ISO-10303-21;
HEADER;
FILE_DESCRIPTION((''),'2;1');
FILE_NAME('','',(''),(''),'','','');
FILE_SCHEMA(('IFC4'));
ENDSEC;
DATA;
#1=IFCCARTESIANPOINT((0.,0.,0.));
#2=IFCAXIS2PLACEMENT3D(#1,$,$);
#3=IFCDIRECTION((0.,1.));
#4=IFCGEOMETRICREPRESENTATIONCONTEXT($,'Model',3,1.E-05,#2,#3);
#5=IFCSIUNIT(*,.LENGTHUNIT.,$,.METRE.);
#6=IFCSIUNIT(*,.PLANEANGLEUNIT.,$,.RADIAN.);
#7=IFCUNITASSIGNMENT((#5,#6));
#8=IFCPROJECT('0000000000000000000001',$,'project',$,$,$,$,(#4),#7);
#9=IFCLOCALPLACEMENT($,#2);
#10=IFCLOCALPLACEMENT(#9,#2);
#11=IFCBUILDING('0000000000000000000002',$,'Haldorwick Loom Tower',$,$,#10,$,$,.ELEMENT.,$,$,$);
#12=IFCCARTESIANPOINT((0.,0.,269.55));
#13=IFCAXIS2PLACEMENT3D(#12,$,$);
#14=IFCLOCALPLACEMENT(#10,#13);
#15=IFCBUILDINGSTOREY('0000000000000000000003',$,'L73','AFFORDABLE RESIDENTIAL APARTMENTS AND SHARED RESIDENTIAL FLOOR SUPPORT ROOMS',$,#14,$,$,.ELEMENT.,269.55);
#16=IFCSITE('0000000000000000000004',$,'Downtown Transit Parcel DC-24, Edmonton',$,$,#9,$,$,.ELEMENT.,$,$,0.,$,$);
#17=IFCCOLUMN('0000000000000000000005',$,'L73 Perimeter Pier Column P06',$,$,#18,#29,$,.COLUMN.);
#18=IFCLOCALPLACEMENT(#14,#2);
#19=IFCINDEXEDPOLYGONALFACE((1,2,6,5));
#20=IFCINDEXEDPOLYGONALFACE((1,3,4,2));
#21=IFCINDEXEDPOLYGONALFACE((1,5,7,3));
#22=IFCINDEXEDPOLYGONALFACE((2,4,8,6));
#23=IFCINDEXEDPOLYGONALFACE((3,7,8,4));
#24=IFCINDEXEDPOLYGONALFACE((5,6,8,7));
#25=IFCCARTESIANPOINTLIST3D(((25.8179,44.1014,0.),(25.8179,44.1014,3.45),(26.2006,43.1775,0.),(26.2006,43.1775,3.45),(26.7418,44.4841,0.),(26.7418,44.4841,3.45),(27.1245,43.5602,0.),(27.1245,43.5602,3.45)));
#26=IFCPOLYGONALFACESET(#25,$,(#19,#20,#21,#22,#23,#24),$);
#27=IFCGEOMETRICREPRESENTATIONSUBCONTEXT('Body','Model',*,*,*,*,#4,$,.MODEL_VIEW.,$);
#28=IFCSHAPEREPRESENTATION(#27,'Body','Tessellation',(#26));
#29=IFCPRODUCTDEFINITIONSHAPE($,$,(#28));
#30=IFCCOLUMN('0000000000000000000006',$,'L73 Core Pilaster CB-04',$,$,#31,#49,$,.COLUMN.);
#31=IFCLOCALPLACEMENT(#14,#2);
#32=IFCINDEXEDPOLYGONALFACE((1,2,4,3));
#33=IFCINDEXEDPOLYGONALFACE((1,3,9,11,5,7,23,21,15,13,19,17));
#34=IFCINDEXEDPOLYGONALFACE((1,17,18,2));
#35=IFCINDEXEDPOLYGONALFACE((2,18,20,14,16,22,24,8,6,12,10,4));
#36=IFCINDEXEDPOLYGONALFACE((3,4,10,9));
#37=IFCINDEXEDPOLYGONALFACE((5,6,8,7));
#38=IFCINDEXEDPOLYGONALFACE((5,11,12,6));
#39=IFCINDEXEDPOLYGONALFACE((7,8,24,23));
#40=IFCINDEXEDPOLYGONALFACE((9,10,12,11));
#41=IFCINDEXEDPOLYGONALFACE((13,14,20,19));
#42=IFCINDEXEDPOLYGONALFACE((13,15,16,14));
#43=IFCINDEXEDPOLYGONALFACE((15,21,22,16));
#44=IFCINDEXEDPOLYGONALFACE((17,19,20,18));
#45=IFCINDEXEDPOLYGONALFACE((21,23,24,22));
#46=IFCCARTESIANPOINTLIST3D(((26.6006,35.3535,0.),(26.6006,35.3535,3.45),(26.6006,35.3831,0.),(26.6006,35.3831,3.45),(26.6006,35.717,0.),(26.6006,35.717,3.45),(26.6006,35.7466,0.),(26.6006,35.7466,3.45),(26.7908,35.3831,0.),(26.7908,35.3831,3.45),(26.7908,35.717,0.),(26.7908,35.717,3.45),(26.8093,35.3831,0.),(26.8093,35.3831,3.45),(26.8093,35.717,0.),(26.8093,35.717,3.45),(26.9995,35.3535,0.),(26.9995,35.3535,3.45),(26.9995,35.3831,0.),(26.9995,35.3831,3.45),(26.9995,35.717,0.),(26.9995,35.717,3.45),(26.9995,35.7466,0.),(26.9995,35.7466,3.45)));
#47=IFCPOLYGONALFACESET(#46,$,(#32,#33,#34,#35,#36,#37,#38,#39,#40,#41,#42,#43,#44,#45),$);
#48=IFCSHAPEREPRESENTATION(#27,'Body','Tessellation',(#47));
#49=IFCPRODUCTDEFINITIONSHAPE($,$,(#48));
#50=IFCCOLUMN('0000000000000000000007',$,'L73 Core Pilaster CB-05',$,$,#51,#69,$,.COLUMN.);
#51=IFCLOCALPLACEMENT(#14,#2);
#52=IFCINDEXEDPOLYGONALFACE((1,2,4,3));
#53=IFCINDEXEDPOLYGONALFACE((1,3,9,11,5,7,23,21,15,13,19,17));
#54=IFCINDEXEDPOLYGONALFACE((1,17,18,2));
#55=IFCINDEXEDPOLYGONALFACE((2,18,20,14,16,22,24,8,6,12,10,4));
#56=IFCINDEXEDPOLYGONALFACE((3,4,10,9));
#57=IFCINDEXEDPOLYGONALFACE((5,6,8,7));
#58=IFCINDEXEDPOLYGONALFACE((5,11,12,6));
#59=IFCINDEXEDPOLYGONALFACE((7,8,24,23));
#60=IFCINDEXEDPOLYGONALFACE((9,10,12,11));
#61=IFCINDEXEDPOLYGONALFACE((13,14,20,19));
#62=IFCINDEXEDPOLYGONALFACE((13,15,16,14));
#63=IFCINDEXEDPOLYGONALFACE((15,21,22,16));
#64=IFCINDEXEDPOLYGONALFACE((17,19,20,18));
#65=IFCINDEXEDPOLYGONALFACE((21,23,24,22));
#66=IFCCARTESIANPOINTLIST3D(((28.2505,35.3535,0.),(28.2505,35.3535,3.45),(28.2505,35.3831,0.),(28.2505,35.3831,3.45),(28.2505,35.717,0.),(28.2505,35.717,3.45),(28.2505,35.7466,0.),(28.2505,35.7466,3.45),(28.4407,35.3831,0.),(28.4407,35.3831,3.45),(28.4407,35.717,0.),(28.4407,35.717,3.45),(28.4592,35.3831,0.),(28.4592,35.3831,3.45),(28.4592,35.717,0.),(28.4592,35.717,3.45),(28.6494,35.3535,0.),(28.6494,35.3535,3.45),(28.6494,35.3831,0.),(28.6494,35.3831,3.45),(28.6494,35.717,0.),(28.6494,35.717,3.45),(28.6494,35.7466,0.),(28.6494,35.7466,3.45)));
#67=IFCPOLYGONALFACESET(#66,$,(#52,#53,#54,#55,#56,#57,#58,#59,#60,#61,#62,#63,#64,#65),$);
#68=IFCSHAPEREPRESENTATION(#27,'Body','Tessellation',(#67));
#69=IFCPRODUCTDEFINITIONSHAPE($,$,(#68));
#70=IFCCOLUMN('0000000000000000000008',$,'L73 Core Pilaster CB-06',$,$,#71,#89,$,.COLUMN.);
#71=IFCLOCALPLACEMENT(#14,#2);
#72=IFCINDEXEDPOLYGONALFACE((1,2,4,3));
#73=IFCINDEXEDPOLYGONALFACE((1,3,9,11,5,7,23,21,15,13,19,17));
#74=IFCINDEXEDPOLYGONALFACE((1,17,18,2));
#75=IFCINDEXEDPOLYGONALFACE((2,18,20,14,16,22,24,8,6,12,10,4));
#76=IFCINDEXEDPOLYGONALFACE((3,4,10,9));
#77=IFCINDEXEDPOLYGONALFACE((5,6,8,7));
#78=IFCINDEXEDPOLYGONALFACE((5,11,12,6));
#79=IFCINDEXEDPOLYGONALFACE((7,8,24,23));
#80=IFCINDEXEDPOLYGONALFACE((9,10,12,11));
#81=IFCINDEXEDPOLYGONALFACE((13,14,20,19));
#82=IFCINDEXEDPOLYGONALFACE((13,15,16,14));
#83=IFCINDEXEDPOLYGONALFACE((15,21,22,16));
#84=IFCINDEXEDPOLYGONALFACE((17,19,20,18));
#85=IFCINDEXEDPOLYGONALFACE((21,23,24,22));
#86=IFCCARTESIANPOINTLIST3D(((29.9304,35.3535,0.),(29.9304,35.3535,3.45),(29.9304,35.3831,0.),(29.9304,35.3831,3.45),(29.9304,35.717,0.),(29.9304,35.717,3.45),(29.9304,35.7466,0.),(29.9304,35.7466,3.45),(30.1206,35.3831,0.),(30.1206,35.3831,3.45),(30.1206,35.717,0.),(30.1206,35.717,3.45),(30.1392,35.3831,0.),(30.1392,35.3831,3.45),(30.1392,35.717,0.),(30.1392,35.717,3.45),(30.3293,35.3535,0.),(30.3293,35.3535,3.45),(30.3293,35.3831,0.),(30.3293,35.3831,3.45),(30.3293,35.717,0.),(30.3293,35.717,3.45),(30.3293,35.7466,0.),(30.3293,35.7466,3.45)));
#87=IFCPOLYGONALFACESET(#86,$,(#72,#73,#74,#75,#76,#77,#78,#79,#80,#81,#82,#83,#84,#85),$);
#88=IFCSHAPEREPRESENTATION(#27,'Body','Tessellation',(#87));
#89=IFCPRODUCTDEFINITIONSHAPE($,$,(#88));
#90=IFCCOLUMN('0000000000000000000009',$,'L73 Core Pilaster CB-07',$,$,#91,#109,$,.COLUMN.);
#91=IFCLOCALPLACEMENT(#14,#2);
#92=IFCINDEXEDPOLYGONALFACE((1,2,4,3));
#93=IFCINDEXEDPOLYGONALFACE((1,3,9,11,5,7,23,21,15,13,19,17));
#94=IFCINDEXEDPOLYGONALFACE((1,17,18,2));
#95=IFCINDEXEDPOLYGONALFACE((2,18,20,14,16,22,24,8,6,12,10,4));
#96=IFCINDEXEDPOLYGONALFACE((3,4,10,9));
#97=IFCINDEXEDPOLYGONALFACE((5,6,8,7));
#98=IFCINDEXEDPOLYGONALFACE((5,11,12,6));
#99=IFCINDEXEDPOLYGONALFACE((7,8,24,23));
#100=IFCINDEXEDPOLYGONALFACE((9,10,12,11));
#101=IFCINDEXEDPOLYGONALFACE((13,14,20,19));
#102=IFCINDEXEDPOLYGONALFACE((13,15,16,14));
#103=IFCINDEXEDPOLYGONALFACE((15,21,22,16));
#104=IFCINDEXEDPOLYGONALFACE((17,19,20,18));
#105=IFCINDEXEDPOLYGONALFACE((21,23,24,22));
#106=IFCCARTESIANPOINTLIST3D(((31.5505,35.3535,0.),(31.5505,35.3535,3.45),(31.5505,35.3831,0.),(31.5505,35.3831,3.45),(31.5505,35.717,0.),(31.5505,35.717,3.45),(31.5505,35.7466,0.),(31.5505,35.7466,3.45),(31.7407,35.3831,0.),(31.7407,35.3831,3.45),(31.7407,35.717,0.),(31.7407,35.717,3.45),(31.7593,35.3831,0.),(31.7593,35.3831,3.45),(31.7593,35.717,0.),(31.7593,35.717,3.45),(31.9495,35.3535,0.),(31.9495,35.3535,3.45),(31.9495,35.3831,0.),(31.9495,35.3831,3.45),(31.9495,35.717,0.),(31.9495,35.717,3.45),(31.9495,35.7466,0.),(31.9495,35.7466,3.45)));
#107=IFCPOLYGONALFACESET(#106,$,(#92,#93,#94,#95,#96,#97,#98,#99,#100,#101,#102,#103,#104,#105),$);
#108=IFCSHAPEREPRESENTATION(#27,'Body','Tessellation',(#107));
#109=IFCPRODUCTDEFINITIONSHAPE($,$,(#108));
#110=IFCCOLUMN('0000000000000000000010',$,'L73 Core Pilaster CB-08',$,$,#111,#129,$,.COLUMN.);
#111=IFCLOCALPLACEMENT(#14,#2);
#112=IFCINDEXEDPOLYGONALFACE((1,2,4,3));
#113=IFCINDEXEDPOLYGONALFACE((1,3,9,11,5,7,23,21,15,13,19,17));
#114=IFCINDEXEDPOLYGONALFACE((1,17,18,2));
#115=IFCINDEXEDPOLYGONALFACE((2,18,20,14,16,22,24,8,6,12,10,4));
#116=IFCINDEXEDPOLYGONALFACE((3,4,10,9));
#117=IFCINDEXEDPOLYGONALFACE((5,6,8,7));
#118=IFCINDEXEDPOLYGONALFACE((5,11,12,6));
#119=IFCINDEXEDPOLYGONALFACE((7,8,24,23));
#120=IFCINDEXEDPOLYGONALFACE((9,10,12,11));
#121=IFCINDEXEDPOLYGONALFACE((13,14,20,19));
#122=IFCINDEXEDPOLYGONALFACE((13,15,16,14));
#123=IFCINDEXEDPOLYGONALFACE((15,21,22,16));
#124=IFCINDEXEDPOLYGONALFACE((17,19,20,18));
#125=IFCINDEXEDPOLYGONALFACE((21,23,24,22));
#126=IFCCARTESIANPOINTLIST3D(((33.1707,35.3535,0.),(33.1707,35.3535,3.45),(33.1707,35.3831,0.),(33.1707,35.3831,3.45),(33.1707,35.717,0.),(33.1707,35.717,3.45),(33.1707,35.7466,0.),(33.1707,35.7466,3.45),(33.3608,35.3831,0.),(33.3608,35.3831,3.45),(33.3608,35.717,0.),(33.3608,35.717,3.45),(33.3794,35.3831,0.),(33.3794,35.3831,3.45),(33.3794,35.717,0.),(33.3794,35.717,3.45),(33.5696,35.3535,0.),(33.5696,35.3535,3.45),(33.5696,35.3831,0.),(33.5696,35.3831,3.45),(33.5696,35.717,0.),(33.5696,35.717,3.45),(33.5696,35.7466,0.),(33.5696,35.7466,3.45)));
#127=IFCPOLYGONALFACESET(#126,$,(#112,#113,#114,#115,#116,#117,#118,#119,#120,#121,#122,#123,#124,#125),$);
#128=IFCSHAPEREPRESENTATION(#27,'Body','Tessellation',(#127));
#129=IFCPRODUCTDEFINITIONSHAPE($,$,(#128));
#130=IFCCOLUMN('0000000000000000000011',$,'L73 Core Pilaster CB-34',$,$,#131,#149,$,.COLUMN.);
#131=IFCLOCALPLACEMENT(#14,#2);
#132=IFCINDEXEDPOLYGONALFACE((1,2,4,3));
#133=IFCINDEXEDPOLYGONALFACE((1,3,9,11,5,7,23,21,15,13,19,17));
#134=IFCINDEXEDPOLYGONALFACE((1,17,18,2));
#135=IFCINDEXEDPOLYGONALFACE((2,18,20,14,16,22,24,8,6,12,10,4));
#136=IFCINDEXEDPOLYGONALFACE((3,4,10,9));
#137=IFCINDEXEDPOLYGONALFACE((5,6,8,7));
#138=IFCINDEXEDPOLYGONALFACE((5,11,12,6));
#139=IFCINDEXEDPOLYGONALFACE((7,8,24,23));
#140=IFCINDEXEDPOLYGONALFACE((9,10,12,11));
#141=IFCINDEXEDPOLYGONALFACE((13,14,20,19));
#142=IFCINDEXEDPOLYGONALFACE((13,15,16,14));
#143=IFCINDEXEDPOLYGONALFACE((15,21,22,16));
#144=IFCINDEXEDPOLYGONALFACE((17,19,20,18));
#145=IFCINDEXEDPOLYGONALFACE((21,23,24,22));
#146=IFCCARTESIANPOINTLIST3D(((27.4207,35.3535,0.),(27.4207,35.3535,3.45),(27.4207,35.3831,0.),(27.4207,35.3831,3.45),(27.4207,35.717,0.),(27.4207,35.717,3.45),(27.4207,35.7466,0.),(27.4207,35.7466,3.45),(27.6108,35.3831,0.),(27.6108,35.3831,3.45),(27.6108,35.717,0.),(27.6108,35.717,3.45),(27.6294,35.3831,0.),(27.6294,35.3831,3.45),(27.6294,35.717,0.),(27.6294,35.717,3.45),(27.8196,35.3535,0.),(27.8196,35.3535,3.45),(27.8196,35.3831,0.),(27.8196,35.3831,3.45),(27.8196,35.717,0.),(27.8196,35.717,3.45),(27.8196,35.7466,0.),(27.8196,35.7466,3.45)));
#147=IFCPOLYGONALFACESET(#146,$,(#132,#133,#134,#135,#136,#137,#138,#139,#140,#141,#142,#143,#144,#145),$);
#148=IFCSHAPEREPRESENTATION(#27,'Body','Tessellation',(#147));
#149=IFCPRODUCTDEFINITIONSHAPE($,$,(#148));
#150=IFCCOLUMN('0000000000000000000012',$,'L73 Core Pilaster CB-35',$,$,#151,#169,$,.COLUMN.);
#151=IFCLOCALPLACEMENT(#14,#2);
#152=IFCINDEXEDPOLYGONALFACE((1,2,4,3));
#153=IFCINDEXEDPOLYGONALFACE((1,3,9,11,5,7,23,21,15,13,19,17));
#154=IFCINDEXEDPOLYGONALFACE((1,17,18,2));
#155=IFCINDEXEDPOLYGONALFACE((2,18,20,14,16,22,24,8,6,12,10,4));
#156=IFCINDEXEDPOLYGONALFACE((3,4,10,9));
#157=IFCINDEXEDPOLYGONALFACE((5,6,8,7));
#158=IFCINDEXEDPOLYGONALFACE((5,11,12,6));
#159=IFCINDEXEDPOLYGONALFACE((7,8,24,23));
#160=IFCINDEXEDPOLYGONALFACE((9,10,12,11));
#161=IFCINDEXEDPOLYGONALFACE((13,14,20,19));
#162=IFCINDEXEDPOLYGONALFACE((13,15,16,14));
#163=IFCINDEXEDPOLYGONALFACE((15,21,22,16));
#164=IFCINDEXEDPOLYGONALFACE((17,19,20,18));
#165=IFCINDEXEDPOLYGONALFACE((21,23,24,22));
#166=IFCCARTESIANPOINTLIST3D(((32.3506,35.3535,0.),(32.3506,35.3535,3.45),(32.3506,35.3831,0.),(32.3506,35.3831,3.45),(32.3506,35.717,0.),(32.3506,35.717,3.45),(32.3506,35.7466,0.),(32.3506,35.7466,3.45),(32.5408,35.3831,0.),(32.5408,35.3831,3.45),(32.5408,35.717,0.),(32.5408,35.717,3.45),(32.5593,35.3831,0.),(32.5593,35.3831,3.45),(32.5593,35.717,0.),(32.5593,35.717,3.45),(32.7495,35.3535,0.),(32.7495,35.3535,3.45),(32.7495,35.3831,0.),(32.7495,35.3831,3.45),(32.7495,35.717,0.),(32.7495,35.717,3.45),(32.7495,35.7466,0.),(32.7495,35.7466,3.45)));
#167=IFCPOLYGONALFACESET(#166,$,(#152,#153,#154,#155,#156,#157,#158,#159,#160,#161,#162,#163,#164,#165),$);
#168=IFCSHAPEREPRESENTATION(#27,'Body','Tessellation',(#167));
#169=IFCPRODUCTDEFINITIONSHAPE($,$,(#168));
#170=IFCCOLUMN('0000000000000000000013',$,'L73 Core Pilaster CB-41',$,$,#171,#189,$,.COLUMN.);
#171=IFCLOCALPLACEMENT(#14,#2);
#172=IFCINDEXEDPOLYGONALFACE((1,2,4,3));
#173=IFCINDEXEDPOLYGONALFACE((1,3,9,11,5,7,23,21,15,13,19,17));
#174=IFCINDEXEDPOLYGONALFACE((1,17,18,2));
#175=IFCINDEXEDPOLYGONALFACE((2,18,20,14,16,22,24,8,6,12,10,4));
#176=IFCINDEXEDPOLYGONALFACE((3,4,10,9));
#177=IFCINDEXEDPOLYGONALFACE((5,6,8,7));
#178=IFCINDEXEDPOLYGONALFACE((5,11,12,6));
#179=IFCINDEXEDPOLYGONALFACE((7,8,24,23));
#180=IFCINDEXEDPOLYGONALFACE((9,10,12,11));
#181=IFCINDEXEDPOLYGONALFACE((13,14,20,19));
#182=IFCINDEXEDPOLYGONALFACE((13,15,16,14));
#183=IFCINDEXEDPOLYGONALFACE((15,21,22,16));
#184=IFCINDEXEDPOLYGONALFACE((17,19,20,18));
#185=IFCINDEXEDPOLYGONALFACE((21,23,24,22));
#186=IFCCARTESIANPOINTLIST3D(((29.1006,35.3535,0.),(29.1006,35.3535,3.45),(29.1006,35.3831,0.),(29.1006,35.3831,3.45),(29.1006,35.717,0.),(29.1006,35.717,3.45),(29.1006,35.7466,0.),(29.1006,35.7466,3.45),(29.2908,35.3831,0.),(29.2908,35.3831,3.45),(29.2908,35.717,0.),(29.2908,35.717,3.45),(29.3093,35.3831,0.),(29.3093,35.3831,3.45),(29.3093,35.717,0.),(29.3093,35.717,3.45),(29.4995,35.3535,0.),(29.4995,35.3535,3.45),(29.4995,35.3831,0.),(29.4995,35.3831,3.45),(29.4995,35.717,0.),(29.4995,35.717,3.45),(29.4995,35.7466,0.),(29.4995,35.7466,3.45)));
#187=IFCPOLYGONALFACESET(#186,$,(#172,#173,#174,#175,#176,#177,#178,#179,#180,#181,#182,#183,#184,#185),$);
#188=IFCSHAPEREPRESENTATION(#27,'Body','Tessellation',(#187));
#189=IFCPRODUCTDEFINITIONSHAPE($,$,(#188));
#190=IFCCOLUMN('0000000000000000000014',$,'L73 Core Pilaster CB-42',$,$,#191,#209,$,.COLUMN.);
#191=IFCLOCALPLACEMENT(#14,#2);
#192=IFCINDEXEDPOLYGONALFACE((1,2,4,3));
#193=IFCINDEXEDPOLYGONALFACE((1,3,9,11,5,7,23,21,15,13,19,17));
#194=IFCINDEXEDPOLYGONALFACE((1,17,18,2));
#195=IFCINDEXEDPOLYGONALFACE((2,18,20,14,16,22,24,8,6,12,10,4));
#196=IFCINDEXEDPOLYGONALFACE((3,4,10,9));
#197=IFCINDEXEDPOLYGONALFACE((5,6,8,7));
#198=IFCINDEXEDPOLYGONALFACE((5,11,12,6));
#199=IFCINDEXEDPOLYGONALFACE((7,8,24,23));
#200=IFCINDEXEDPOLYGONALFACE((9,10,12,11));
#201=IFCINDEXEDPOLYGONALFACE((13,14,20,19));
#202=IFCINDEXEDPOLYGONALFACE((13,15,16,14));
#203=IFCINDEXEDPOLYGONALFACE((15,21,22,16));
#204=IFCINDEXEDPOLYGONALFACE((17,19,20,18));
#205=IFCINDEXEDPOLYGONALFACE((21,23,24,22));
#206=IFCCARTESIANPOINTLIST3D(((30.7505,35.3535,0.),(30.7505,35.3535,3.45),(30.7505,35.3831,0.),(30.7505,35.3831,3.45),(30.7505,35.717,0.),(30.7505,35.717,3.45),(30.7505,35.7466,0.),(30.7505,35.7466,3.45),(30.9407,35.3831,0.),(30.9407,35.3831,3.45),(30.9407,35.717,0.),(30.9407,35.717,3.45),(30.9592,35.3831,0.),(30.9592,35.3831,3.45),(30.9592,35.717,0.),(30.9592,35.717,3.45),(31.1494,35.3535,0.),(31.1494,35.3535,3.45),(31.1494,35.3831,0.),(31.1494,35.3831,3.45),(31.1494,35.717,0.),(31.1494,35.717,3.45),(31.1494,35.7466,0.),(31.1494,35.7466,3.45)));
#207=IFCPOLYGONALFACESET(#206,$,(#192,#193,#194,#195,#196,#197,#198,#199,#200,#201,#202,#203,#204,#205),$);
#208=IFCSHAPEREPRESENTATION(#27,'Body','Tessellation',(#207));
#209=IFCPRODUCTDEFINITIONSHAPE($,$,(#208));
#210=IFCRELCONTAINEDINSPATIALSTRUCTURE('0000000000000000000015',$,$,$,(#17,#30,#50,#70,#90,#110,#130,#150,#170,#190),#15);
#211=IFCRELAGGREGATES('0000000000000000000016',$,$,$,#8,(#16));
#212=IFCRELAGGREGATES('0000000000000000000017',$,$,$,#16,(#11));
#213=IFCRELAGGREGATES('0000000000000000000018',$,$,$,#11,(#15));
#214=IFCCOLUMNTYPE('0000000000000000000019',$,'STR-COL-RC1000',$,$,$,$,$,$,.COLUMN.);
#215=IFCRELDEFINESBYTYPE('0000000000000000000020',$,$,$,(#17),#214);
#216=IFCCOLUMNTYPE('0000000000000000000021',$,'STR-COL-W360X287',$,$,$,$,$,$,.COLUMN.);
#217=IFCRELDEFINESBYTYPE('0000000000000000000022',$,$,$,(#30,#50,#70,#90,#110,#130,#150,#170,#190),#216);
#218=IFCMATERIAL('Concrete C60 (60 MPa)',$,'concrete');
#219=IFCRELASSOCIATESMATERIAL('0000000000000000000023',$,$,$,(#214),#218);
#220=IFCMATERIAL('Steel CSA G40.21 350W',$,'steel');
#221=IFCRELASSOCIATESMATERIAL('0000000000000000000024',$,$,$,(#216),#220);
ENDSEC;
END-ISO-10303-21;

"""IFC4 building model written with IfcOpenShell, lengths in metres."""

from ifc_helpers import new_model, si_unit, direction, frame, origin, origin_2d, place, context, subcontext, project, spatial, rectangle, i_section, extrude, material, material_profile, profile_set, type_object, element, save


model = new_model("IFC4")

# Units and contexts
model_context = context("Model", 3, precision=1e-05, world=origin(), true_north=direction((0.0, 1.0)))
body_context = subcontext(model_context, "Body", "Model", "MODEL_VIEW")
ifc_project = project(units=[si_unit("LENGTHUNIT", "METRE"), si_unit("PLANEANGLEUNIT", "RADIAN")], contexts=[model_context])

# Site, building, storey
site_placement = place(None, origin())
site = spatial("IfcSite", under=ifc_project, at=site_placement, Name="Downtown Transit Parcel DC-24, Edmonton", CompositionType="ELEMENT", RefElevation=0.0)
building_placement = place(site_placement, origin())
building = spatial("IfcBuilding", under=site, at=building_placement, Name="Haldorwick Loom Tower", CompositionType="ELEMENT")
storey_placement = place(building_placement, frame((0.0, 0.0, 269.55)))
storey = spatial("IfcBuildingStorey", under=building, at=storey_placement, Name="L73", Description="AFFORDABLE RESIDENTIAL APARTMENTS AND SHARED RESIDENTIAL FLOOR SUPPORT ROOMS", CompositionType="ELEMENT", Elevation=269.55)

# Columns
ifc_material_1 = material(Name="Concrete C60 (60 MPa)", Category="concrete")
ifc_material_profile_1 = material_profile(ifc_material_1, rectangle(XDim=1.0, YDim=1.0, at=origin_2d()), Name="RC1000X1000", Category="concrete")
ifc_profile_set_1 = profile_set([ifc_material_profile_1], Name="Concrete C60 (60 MPa)")
column_type_1 = type_object("IfcColumnType", Name="STR-COL-RC1000", PredefinedType="COLUMN", material=ifc_profile_set_1)
column_placement = place(storey_placement, frame((26.4712, 43.8308, 0.0), z_axis=(0.0, 0.0, 1.0), x_axis=(-0.382683, 0.92388, 0.0)))
element("IfcColumn", 1, at=column_placement, inside=storey, type_object=column_type_1, Name="L73 Perimeter Pier Column P06", PredefinedType="COLUMN", context=body_context, shape_type="SweptSolid", body=[
    extrude(rectangle(XDim=1.0, YDim=1.0, at=origin_2d()), origin(), (0.0, 0.0, 1.0), 3.45),
])
ifc_material_2 = material(Name="Steel CSA G40.21 350W", Category="steel")
ifc_material_profile_2 = material_profile(ifc_material_2, i_section(OverallWidth=0.3989, OverallDepth=0.3931, WebThickness=0.0186, FlangeThickness=0.0295, at=origin_2d()), Name="W360X287", Category="steel")
ifc_profile_set_2 = profile_set([ifc_material_profile_2], Name="Steel CSA G40.21 350W")
column_type_2 = type_object("IfcColumnType", Name="STR-COL-W360X287", PredefinedType="COLUMN", material=ifc_profile_set_2)
for number, where, z_axis, x_axis, name in (
    (2, (26.8, 35.55, 0.0), (0.0, 0.0, 1.0), (1.0, 0.0, 0.0), "L73 Core Pilaster CB-04"),
    (3, (28.45, 35.55, 0.0), (0.0, 0.0, 1.0), (1.0, 0.0, 0.0), "L73 Core Pilaster CB-05"),
    (4, (30.1299, 35.55, 0.0), (0.0, 0.0, 1.0), (1.0, 0.0, 0.0), "L73 Core Pilaster CB-06"),
    (5, (31.75, 35.55, 0.0), (0.0, 0.0, 1.0), (1.0, 0.0, 0.0), "L73 Core Pilaster CB-07"),
    (6, (33.3701, 35.55, 0.0), (0.0, 0.0, 1.0), (1.0, 0.0, 0.0), "L73 Core Pilaster CB-08"),
    (7, (27.6201, 35.55, 0.0), (0.0, 0.0, 1.0), (1.0, 0.0, 0.0), "L73 Core Pilaster CB-34"),
    (8, (32.55, 35.55, 0.0), (0.0, 0.0, 1.0), (1.0, 0.0, 0.0), "L73 Core Pilaster CB-35"),
    (9, (29.3, 35.55, 0.0), (0.0, 0.0, 1.0), (1.0, 0.0, 0.0), "L73 Core Pilaster CB-41"),
    (10, (30.95, 35.55, 0.0), (0.0, 0.0, 1.0), (1.0, 0.0, 0.0), "L73 Core Pilaster CB-42"),
):
    element("IfcColumn", number, at=place(storey_placement, frame(where, z_axis=z_axis, x_axis=x_axis)), inside=storey, type_object=column_type_2, Name=name, PredefinedType="COLUMN", context=body_context, shape_type="SweptSolid", body=[
        extrude(i_section(OverallWidth=0.3989, OverallDepth=0.3931, WebThickness=0.0186, FlangeThickness=0.0295, at=origin_2d()), origin(), (0.0, 0.0, 1.0), 3.45),
    ])

save(model, "model.ifc")
